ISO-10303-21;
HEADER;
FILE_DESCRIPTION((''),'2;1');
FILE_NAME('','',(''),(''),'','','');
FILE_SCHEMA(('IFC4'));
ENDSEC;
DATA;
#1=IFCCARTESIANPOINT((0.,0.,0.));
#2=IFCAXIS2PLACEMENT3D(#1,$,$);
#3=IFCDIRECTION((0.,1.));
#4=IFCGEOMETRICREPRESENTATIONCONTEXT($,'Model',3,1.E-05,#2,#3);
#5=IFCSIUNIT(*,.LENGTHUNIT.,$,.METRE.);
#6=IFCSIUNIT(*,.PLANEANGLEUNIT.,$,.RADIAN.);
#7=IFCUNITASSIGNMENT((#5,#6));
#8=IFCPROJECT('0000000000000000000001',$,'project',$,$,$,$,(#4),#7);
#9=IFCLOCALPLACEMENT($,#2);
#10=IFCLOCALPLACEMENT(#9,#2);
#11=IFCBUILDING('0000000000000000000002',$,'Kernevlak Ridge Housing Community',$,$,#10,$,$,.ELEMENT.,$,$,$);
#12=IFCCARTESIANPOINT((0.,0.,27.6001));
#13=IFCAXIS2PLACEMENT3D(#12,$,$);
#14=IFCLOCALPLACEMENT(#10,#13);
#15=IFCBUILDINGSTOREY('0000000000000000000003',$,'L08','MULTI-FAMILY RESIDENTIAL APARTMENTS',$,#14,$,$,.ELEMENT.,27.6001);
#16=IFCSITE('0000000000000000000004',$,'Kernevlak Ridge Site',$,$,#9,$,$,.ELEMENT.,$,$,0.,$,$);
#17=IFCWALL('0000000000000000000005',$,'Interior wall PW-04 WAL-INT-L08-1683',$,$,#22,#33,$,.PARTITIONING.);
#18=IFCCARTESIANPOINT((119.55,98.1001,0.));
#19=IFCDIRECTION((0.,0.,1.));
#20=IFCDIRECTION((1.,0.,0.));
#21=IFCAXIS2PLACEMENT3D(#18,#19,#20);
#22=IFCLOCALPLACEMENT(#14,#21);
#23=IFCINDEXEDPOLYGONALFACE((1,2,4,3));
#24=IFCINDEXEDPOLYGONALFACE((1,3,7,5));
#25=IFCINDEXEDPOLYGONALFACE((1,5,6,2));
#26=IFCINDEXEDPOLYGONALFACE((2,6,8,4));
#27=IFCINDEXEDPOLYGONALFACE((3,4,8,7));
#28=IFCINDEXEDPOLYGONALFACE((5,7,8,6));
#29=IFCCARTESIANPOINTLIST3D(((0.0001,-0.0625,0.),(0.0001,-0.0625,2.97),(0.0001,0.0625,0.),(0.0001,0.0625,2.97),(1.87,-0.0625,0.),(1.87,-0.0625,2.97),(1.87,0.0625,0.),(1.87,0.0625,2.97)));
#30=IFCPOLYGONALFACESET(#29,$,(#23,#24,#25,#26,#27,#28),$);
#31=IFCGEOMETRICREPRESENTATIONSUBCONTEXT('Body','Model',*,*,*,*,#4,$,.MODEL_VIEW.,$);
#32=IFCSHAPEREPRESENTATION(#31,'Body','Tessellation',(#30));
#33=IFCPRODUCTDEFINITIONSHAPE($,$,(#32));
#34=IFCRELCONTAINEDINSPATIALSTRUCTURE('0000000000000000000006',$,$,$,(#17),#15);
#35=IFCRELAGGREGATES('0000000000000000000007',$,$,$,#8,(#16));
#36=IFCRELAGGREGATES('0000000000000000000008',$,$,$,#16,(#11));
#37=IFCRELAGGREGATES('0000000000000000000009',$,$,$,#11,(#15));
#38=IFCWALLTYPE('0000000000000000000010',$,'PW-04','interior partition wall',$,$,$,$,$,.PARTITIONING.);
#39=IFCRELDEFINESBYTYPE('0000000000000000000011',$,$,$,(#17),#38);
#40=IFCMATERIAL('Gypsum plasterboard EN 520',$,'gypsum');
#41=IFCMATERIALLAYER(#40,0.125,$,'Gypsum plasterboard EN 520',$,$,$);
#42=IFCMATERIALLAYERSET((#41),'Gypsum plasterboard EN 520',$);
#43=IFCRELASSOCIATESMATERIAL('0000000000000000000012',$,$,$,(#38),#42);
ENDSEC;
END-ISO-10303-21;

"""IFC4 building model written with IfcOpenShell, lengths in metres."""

from ifc_helpers import new_model, si_unit, direction, frame, frame_2d, origin, place, context, subcontext, project, spatial, rectangle, extrude, material, layer, layer_set, type_object, element, save


model = new_model("IFC4")

# Units and contexts
model_context = context("Model", 3, precision=1e-05, world=origin(), true_north=direction((0.0, 1.0)))
body_context = subcontext(model_context, "Body", "Model", "MODEL_VIEW")
ifc_project = project(units=[si_unit("LENGTHUNIT", "METRE"), si_unit("PLANEANGLEUNIT", "RADIAN")], contexts=[model_context])

# Site, building, storey
site_placement = place(None, origin())
site = spatial("IfcSite", under=ifc_project, at=site_placement, Name="Kernevlak Ridge Site", CompositionType="ELEMENT", RefElevation=0.0)
building_placement = place(site_placement, origin())
building = spatial("IfcBuilding", under=site, at=building_placement, Name="Kernevlak Ridge Housing Community", CompositionType="ELEMENT")
storey_placement = place(building_placement, frame((0.0, 0.0, 27.6001)))
storey = spatial("IfcBuildingStorey", under=building, at=storey_placement, Name="L08", Description="MULTI-FAMILY RESIDENTIAL APARTMENTS", CompositionType="ELEMENT", Elevation=27.6001)

# Shared definitions
ifc_material_1 = material(Name="Gypsum plasterboard EN 520", Category="gypsum")
ifc_layer_1 = layer(ifc_material_1, 0.125, Name="Gypsum plasterboard EN 520")
ifc_layer_set_1 = layer_set([ifc_layer_1], Name="Gypsum plasterboard EN 520")
wall_type_1 = type_object("IfcWallType", Name="PW-04", Description="interior partition wall", PredefinedType="PARTITIONING", material=ifc_layer_set_1)

# Wall
wall_1_placement = place(storey_placement, frame((119.55, 98.1001, 0.0), z_axis=(0.0, 0.0, 1.0), x_axis=(1.0, 0.0, 0.0)))
element("IfcWall", 1, at=wall_1_placement, inside=storey, type_object=wall_type_1, Name="Interior wall PW-04 WAL-INT-L08-1683", PredefinedType="PARTITIONING", context=body_context, shape_type="SweptSolid", body=[
    extrude(rectangle(XDim=1.8699, YDim=0.125, at=frame_2d((0.9351, 0.0))), origin(), (0.0, 0.0, 1.0), 2.97),
])

save(model, "model.ifc")
